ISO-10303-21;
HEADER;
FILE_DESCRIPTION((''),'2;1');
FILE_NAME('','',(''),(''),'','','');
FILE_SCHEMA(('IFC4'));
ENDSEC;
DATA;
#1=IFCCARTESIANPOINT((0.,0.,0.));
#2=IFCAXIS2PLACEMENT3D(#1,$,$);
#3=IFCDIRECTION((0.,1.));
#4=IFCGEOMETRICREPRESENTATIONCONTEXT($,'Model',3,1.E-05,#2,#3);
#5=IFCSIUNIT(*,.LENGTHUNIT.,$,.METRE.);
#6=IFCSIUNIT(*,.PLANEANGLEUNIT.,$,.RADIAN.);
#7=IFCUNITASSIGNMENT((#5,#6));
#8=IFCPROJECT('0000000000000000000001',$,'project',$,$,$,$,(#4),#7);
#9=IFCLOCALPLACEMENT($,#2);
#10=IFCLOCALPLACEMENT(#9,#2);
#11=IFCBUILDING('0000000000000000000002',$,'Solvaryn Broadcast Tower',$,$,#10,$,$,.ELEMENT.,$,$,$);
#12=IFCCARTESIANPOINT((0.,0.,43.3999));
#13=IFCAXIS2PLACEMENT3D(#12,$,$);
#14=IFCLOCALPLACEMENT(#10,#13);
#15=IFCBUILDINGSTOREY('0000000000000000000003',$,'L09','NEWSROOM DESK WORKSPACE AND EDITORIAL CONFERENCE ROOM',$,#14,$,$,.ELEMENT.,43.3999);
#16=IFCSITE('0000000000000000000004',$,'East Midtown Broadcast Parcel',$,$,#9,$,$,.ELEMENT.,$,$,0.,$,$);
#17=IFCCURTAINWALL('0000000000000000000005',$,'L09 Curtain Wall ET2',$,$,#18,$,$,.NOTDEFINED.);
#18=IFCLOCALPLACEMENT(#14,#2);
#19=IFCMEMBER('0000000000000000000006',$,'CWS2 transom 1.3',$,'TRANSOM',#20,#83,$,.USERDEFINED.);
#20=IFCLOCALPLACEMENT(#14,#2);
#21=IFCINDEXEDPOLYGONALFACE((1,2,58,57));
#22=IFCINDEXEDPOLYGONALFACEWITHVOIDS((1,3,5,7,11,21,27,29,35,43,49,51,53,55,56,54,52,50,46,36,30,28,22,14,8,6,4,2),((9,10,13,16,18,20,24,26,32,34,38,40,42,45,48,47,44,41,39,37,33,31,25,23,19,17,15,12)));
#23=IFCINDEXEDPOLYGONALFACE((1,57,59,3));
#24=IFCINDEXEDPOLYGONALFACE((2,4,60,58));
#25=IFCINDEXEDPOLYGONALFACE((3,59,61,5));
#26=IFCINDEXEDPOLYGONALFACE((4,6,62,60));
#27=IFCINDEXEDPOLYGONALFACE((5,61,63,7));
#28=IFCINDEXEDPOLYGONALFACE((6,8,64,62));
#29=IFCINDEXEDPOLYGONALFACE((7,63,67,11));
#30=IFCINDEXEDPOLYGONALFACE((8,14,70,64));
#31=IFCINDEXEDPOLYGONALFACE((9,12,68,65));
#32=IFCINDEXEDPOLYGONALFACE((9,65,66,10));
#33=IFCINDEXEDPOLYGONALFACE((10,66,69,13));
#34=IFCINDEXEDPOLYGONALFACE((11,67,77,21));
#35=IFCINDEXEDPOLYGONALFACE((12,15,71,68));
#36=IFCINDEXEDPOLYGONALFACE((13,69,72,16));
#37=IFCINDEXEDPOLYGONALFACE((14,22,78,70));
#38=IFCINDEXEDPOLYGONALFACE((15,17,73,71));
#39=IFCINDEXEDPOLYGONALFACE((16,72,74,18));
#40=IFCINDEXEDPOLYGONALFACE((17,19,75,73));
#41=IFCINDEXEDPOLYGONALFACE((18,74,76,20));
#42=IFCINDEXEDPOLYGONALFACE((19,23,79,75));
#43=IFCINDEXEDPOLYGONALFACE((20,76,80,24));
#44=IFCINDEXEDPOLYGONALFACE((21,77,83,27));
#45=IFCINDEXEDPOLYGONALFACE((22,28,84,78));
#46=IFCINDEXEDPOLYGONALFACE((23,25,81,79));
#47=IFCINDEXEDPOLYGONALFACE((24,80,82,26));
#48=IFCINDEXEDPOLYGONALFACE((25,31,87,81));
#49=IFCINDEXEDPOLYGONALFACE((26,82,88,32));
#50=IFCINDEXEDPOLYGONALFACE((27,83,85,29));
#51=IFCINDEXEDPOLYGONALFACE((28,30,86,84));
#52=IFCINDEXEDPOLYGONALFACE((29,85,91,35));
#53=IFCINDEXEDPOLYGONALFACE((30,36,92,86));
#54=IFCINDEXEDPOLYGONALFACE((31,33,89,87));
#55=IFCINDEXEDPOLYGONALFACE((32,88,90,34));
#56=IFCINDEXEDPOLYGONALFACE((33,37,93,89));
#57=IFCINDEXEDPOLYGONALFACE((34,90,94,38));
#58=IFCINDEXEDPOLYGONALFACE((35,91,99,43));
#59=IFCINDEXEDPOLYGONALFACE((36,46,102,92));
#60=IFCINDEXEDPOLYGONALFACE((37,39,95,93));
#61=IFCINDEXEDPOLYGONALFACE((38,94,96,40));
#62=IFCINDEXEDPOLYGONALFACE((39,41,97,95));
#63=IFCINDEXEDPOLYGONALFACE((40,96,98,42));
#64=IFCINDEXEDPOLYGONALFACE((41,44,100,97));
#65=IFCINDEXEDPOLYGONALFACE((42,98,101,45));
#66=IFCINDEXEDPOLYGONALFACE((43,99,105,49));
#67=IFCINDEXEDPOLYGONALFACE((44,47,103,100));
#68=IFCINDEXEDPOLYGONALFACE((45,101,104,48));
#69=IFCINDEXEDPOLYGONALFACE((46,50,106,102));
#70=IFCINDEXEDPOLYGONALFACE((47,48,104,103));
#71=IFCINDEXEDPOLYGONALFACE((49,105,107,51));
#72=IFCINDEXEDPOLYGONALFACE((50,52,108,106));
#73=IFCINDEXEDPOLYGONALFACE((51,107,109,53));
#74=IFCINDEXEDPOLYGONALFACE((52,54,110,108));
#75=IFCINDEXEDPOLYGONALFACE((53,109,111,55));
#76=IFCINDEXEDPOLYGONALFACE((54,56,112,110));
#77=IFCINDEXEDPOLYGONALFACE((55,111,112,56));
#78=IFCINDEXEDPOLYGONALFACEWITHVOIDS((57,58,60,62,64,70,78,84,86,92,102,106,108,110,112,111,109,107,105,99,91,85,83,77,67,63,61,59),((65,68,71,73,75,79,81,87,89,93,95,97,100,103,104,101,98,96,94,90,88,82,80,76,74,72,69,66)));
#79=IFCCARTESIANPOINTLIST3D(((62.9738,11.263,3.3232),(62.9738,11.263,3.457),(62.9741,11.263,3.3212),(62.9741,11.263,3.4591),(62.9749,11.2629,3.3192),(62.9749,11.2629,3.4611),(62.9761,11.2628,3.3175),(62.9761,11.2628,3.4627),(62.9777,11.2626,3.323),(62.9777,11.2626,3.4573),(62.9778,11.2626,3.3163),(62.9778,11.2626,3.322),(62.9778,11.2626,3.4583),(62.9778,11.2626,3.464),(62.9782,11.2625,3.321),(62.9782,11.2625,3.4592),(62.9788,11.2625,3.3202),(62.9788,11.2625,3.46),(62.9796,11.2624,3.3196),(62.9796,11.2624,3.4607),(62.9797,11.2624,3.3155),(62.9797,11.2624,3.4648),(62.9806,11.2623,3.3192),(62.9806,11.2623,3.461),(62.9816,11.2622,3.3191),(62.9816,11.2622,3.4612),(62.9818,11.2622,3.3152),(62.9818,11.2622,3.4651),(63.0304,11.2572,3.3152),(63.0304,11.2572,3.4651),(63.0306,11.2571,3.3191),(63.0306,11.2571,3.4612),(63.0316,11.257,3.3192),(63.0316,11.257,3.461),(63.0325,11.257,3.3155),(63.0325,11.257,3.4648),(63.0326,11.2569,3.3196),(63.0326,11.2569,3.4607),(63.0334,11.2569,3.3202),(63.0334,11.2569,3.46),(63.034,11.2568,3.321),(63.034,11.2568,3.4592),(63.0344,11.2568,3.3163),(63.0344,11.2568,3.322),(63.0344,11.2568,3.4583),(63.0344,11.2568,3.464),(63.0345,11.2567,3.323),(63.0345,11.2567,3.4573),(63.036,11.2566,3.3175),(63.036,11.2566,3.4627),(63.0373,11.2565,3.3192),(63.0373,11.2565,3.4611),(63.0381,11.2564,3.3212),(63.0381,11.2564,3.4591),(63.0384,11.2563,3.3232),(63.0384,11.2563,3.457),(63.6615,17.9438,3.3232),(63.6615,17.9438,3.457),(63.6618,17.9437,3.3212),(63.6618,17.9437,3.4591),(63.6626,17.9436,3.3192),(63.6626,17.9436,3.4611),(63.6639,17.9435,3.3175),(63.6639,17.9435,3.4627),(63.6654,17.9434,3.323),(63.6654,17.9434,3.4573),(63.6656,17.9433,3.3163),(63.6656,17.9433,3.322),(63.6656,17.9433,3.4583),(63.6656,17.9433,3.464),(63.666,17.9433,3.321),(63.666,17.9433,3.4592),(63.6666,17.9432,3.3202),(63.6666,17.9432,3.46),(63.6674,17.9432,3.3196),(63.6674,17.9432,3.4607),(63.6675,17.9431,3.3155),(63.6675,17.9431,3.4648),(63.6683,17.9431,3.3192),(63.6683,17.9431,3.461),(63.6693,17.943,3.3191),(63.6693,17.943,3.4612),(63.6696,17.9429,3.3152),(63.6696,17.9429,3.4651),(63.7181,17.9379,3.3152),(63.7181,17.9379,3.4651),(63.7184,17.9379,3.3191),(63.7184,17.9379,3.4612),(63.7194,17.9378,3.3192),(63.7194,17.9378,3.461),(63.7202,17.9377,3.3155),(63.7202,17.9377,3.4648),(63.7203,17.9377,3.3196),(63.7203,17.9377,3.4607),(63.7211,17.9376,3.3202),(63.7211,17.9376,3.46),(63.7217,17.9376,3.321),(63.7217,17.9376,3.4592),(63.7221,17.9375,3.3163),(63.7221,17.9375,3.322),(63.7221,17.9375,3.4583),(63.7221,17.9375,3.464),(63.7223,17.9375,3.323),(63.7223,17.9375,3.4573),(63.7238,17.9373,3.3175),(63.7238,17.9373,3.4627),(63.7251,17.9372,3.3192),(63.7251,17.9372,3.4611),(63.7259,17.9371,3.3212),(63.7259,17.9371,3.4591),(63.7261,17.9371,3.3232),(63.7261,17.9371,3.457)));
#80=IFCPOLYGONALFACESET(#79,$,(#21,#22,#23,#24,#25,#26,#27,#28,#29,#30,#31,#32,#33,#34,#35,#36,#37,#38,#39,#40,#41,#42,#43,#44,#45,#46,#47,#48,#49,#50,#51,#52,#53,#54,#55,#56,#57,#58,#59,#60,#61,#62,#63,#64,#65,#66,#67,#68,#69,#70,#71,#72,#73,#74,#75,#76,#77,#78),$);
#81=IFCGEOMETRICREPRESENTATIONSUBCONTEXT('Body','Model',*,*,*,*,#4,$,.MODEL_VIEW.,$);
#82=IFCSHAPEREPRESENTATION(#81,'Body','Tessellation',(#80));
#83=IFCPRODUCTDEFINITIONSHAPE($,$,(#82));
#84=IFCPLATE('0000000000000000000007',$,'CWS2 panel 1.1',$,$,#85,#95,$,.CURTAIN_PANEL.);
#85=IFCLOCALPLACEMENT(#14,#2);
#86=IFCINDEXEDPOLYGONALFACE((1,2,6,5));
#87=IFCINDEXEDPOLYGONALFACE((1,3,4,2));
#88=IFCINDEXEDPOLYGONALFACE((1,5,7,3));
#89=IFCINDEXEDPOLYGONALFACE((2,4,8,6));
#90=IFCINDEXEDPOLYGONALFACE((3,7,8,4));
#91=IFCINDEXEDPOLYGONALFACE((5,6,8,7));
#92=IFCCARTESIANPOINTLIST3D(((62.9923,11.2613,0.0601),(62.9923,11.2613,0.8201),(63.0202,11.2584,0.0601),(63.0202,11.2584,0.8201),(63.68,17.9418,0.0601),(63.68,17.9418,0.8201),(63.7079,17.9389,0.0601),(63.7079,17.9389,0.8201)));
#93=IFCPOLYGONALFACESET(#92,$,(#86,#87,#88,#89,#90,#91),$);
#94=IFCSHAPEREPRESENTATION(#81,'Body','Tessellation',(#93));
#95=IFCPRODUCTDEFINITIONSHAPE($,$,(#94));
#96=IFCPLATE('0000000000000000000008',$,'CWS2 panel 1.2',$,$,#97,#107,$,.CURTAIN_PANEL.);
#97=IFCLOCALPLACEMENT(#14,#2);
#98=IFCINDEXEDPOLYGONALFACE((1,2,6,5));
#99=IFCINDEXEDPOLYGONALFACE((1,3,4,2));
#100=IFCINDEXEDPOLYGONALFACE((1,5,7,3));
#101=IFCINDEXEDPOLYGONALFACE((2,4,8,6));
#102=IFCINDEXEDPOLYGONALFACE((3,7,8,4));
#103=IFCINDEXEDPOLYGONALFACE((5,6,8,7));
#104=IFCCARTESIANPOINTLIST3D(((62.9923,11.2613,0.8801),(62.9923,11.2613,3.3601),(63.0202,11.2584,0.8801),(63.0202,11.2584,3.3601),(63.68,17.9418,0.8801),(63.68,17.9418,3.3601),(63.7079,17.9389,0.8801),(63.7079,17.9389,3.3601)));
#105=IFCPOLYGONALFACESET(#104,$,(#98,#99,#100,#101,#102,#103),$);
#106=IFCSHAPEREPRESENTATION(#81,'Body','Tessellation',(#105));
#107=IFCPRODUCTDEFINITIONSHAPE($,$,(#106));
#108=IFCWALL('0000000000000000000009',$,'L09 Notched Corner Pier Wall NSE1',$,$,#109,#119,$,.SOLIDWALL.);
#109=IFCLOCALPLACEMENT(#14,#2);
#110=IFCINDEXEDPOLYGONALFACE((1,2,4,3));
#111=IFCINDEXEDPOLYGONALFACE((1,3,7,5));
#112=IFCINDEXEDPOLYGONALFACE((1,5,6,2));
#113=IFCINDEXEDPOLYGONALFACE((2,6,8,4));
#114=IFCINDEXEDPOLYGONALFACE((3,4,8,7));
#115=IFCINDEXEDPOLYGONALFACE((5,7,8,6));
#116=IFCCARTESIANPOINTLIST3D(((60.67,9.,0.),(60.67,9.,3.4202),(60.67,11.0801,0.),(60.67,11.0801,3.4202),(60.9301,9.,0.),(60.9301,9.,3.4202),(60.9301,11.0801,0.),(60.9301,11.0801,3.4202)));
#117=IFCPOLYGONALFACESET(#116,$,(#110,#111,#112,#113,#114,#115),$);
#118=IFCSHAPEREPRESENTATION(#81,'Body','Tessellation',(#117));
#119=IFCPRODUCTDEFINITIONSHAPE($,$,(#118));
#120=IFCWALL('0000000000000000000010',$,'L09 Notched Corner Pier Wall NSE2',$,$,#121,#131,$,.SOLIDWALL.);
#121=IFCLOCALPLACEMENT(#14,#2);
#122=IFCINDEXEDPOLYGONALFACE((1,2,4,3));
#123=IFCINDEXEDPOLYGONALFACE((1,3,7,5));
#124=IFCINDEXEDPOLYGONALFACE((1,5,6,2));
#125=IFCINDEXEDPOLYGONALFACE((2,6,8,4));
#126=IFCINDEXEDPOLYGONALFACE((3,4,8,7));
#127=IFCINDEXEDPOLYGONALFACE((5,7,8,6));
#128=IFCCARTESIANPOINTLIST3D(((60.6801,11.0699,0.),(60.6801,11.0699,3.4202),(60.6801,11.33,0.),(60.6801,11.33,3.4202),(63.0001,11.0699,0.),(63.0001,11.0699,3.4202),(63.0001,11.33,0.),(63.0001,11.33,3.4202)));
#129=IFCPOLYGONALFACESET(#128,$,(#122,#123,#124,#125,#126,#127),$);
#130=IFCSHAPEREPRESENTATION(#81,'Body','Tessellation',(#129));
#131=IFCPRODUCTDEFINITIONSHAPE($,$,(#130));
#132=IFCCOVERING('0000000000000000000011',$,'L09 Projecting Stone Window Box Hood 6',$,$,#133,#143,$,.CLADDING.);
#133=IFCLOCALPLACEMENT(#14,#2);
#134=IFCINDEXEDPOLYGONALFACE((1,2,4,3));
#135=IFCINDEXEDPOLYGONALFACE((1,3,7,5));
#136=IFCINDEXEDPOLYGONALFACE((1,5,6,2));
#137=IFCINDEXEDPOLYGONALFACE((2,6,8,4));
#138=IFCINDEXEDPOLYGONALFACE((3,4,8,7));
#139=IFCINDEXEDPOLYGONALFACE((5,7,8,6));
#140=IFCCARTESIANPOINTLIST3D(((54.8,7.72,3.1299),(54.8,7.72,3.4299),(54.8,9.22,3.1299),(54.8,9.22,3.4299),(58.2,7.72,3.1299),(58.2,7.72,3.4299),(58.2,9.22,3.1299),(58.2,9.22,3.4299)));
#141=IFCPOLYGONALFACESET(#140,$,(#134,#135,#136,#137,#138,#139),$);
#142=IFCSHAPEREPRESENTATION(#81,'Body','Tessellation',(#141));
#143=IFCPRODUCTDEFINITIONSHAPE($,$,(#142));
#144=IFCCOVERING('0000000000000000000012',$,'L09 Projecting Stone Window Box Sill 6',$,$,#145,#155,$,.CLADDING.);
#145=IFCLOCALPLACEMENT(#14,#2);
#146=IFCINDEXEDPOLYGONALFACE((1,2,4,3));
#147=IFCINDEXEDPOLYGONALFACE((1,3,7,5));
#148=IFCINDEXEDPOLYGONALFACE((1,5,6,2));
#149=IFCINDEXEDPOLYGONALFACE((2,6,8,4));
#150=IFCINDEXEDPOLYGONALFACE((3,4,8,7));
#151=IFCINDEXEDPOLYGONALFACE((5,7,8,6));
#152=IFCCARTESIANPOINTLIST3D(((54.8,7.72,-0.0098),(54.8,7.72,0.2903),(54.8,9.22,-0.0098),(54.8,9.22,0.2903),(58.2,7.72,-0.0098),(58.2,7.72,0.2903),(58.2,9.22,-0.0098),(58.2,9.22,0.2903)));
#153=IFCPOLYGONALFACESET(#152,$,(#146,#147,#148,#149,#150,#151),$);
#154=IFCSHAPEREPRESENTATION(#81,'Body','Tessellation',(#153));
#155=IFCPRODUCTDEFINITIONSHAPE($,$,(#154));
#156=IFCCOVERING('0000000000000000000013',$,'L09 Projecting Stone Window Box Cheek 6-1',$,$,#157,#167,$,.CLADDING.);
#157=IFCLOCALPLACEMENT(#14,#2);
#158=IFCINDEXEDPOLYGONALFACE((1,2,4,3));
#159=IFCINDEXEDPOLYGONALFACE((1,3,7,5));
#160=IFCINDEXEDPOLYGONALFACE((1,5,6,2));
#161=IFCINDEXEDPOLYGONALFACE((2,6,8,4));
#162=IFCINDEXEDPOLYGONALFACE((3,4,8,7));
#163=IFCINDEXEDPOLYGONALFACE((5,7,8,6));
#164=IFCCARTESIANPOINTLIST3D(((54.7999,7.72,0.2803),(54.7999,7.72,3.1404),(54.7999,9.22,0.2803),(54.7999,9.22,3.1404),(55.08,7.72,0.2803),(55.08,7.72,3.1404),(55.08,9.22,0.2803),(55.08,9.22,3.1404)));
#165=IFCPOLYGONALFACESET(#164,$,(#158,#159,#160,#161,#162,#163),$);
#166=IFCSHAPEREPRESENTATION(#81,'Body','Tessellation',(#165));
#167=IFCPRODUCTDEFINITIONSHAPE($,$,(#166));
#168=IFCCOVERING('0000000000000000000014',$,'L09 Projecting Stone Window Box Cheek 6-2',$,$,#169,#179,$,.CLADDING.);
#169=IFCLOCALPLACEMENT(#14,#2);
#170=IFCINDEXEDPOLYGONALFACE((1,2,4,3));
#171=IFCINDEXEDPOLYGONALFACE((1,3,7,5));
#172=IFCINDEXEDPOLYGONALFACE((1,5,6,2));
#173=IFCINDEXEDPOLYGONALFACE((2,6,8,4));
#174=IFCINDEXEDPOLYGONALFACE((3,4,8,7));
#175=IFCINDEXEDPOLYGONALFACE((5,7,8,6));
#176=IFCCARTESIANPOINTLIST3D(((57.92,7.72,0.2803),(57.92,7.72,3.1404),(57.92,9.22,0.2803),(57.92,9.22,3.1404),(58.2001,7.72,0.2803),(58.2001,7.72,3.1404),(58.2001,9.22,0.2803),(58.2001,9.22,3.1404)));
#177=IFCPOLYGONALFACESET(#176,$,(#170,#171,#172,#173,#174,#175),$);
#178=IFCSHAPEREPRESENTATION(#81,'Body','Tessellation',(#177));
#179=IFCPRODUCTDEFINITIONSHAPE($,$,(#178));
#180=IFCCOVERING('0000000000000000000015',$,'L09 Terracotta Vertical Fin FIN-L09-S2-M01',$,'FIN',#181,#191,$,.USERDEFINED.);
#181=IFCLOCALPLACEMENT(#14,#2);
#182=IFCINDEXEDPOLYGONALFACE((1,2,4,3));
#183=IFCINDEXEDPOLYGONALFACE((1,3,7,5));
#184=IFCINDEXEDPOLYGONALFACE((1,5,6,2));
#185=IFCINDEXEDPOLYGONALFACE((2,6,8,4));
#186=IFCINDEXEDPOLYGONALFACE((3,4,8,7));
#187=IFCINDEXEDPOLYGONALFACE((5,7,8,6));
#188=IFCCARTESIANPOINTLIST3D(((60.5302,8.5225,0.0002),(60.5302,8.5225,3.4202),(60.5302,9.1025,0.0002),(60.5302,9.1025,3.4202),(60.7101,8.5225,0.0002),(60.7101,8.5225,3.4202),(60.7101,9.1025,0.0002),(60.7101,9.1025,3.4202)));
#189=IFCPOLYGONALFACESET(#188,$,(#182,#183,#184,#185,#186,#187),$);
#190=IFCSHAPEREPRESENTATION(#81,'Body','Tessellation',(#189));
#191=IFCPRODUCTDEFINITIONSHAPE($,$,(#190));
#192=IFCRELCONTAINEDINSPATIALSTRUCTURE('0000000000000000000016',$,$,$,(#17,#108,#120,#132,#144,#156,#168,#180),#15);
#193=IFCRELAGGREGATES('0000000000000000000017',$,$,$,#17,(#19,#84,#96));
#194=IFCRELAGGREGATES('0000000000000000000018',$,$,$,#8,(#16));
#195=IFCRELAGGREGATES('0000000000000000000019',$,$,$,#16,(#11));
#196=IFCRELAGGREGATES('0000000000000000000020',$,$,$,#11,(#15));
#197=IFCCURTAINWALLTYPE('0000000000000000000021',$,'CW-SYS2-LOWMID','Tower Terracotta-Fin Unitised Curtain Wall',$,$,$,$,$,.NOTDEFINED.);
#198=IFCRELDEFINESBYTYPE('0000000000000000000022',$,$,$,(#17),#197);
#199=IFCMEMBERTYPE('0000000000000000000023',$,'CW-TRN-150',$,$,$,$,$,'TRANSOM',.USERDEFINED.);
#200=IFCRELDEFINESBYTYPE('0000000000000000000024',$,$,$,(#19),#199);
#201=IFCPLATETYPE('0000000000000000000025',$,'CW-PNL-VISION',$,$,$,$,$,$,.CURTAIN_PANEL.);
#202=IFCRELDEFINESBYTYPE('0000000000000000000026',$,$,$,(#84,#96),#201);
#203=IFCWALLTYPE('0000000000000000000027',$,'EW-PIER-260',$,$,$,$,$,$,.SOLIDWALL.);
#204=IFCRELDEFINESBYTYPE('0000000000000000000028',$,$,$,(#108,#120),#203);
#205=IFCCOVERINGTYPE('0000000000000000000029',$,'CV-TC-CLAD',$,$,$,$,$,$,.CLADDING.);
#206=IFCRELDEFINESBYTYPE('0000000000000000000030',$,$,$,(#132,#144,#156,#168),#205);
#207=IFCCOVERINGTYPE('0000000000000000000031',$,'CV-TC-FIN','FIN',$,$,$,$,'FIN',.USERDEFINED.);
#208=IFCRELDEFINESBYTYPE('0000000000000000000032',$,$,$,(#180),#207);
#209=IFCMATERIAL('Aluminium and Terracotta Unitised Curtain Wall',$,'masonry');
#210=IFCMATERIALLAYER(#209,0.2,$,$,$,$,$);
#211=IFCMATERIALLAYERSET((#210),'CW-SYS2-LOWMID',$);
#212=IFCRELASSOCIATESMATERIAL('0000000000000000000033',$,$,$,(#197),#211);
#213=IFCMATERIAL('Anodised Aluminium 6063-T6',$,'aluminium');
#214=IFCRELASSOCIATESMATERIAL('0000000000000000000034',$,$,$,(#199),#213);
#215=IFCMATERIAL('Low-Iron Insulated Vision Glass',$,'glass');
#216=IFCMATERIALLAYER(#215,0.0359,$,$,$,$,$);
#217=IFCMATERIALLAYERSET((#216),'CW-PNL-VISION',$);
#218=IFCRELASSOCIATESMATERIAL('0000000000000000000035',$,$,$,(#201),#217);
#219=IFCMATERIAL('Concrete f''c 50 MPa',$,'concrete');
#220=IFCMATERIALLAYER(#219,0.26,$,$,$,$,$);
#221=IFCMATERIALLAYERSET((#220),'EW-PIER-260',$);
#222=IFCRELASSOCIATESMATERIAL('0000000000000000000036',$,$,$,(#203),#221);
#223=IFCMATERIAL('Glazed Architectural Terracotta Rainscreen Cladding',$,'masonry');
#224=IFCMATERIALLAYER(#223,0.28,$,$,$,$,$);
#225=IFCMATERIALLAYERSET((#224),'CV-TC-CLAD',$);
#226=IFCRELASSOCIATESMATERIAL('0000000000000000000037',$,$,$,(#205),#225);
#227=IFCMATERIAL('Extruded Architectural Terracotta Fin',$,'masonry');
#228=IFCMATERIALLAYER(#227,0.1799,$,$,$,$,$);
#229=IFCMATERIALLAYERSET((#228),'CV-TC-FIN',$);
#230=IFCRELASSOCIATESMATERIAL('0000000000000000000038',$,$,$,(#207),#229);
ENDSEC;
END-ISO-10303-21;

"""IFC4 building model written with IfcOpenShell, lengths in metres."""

from ifc_helpers import new_model, si_unit, direction, frame, frame_2d, origin, origin_2d, place, context, subcontext, project, spatial, rectangle, hollow_rectangle, extrude, material, layer, layer_set, material_profile, profile_set, type_object, element, aggregate, save


model = new_model("IFC4")

# Units and contexts
model_context = context("Model", 3, precision=1e-05, world=origin(), true_north=direction((0.0, 1.0)))
body_context = subcontext(model_context, "Body", "Model", "MODEL_VIEW")
ifc_project = project(units=[si_unit("LENGTHUNIT", "METRE"), si_unit("PLANEANGLEUNIT", "RADIAN")], contexts=[model_context])

# Site, building, storey
site_placement = place(None, origin())
site = spatial("IfcSite", under=ifc_project, at=site_placement, Name="East Midtown Broadcast Parcel", CompositionType="ELEMENT", RefElevation=0.0)
building_placement = place(site_placement, origin())
building = spatial("IfcBuilding", under=site, at=building_placement, Name="Solvaryn Broadcast Tower", CompositionType="ELEMENT")
storey_placement = place(building_placement, frame((0.0, 0.0, 43.3999)))
storey = spatial("IfcBuildingStorey", under=building, at=storey_placement, Name="L09", Description="NEWSROOM DESK WORKSPACE AND EDITORIAL CONFERENCE ROOM", CompositionType="ELEMENT", Elevation=43.3999)

# Shared definitions
ifc_material_1 = material(Name="Aluminium and Terracotta Unitised Curtain Wall", Category="masonry")
ifc_layer_1 = layer(ifc_material_1, 0.2)
ifc_layer_set_1 = layer_set([ifc_layer_1], Name="CW-SYS2-LOWMID")
curtain_wall_type = type_object("IfcCurtainWallType", Name="CW-SYS2-LOWMID", Description="Tower Terracotta-Fin Unitised Curtain Wall", PredefinedType="NOTDEFINED", material=ifc_layer_set_1)

# Curtain wall, member, plates
curtain_wall_1_placement = place(storey_placement, origin())
curtain_wall_1 = element("IfcCurtainWall", 1, at=curtain_wall_1_placement, inside=storey, type_object=curtain_wall_type, Name="L09 Curtain Wall ET2", PredefinedType="NOTDEFINED")
ifc_material_2 = material(Name="Anodised Aluminium 6063-T6", Category="aluminium")
ifc_material_profile_1 = material_profile(ifc_material_2, hollow_rectangle(XDim=0.0649, YDim=0.1499, WallThickness=0.0039, InnerFilletRadius=0.0039, OuterFilletRadius=0.0081, at=origin_2d()))
ifc_profile_set_1 = profile_set([ifc_material_profile_1], Name="Anodised Aluminium 6063-T6")
member_type_1 = type_object("IfcMemberType", Name="CW-TRN-150", ElementType="TRANSOM", PredefinedType="USERDEFINED", material=ifc_profile_set_1)
member_1_placement = place(storey_placement, frame((63.6938, 17.9404, 3.3901), z_axis=(-0.102404, -0.994743, 0.0), x_axis=(0.994743, -0.102404, 0.0)))
member_1 = element("IfcMember", 2, at=member_1_placement, type_object=member_type_1, Name="CWS2 transom 1.3", ObjectType="TRANSOM", PredefinedType="USERDEFINED", context=body_context, shape_type="SweptSolid", body=[
    extrude(hollow_rectangle(XDim=0.0649, YDim=0.1499, WallThickness=0.0039, InnerFilletRadius=0.0039, OuterFilletRadius=0.0081, at=origin_2d()), origin(), (0.0, 0.0, 1.0), 6.7161),
])
ifc_material_3 = material(Name="Low-Iron Insulated Vision Glass", Category="glass")
ifc_layer_2 = layer(ifc_material_3, 0.0359)
ifc_layer_set_2 = layer_set([ifc_layer_2], Name="CW-PNL-VISION")
plate_type = type_object("IfcPlateType", Name="CW-PNL-VISION", PredefinedType="CURTAIN_PANEL", material=ifc_layer_set_2)
plate_1_placement = place(storey_placement, frame((63.3501, 14.6001, 0.0601), z_axis=(0.0, 0.0, 1.0), x_axis=(-0.1024, -0.994743, 0.0)))
plate_1 = element("IfcPlate", 3, at=plate_1_placement, type_object=plate_type, Name="CWS2 panel 1.1", PredefinedType="CURTAIN_PANEL", context=body_context, shape_type="SweptSolid", body=[
    extrude(rectangle(XDim=6.7158, YDim=0.0281, at=origin_2d()), origin(), (0.0, 0.0, 1.0), 0.76),
])
plate_2_placement = place(storey_placement, frame((63.3501, 14.6001, 0.8801), z_axis=(0.0, 0.0, 1.0), x_axis=(-0.1024, -0.994743, 0.0)))
plate_2 = element("IfcPlate", 4, at=plate_2_placement, type_object=plate_type, Name="CWS2 panel 1.2", PredefinedType="CURTAIN_PANEL", context=body_context, shape_type="SweptSolid", body=[
    extrude(rectangle(XDim=6.7158, YDim=0.0281, at=origin_2d()), origin(), (0.0, 0.0, 1.0), 2.48),
])
aggregate(curtain_wall_1, [member_1, plate_1, plate_2])

# Walls
ifc_material_4 = material(Name="Concrete f'c 50 MPa", Category="concrete")
ifc_layer_3 = layer(ifc_material_4, 0.26)
ifc_layer_set_3 = layer_set([ifc_layer_3], Name="EW-PIER-260")
wall_type = type_object("IfcWallType", Name="EW-PIER-260", PredefinedType="SOLIDWALL", material=ifc_layer_set_3)
wall_1_placement = place(storey_placement, frame((60.8, 9.0, 0.0), z_axis=(0.0, 0.0, 1.0), x_axis=(0.0, 1.0, 0.0)))
element("IfcWall", 5, at=wall_1_placement, inside=storey, type_object=wall_type, Name="L09 Notched Corner Pier Wall NSE1", PredefinedType="SOLIDWALL", context=body_context, shape_type="SweptSolid", body=[
    extrude(rectangle(XDim=2.0801, YDim=0.26, at=frame_2d((1.04, 0.0))), origin(), (0.0, 0.0, 1.0), 3.4202),
])
wall_2_placement = place(storey_placement, frame((60.6799, 11.2, 0.0), z_axis=(0.0, 0.0, 1.0), x_axis=(1.0, 0.0, 0.0)))
element("IfcWall", 6, at=wall_2_placement, inside=storey, type_object=wall_type, Name="L09 Notched Corner Pier Wall NSE2", PredefinedType="SOLIDWALL", context=body_context, shape_type="SweptSolid", body=[
    extrude(rectangle(XDim=2.3201, YDim=0.26, at=frame_2d((1.1602, 0.0))), origin(), (0.0, 0.0, 1.0), 3.4202),
])

# Coverings
ifc_material_5 = material(Name="Glazed Architectural Terracotta Rainscreen Cladding", Category="masonry")
ifc_layer_4 = layer(ifc_material_5, 0.28)
ifc_layer_set_4 = layer_set([ifc_layer_4], Name="CV-TC-CLAD")
covering_type_1 = type_object("IfcCoveringType", Name="CV-TC-CLAD", PredefinedType="CLADDING", material=ifc_layer_set_4)
for number, where, z_axis, x_axis, name in (
    (7, (56.5, 8.47, 3.1299), (0.0, 0.0, 1.0), (1.0, 0.0, 0.0), "L09 Projecting Stone Window Box Hood 6"),
    (8, (56.5, 8.47, -0.0098), (0.0, 0.0, 1.0), (1.0, 0.0, 0.0), "L09 Projecting Stone Window Box Sill 6"),
):
    element("IfcCovering", number, at=place(storey_placement, frame(where, z_axis=z_axis, x_axis=x_axis)), inside=storey, type_object=covering_type_1, Name=name, PredefinedType="CLADDING", context=body_context, shape_type="SweptSolid", body=[
        extrude(rectangle(XDim=3.3999, YDim=1.5, at=origin_2d()), origin(), (0.0, 0.0, 1.0), 0.3),
    ])
for number, where, z_axis, x_axis, name in (
    (9, (54.9399, 8.47, 0.2803), (0.0, 0.0, 1.0), (1.0, 0.0, 0.0), "L09 Projecting Stone Window Box Cheek 6-1"),
    (10, (58.0601, 8.47, 0.2803), (0.0, 0.0, 1.0), (1.0, 0.0, 0.0), "L09 Projecting Stone Window Box Cheek 6-2"),
):
    element("IfcCovering", number, at=place(storey_placement, frame(where, z_axis=z_axis, x_axis=x_axis)), inside=storey, type_object=covering_type_1, Name=name, PredefinedType="CLADDING", context=body_context, shape_type="SweptSolid", body=[
        extrude(rectangle(XDim=0.28, YDim=1.5, at=origin_2d()), origin(), (0.0, 0.0, 1.0), 2.8601),
    ])
ifc_material_6 = material(Name="Extruded Architectural Terracotta Fin", Category="masonry")
ifc_layer_5 = layer(ifc_material_6, 0.1799)
ifc_layer_set_5 = layer_set([ifc_layer_5], Name="CV-TC-FIN")
covering_type_2 = type_object("IfcCoveringType", Name="CV-TC-FIN", Description="FIN", ElementType="FIN", PredefinedType="USERDEFINED", material=ifc_layer_set_5)
covering_placement = place(storey_placement, frame((60.6201, 8.8125, 0.0002), z_axis=(0.0, 0.0, 1.0), x_axis=(1.0, 0.0, 0.0)))
element("IfcCovering", 11, at=covering_placement, inside=storey, type_object=covering_type_2, Name="L09 Terracotta Vertical Fin FIN-L09-S2-M01", ObjectType="FIN", PredefinedType="USERDEFINED", context=body_context, shape_type="SweptSolid", body=[
    extrude(rectangle(XDim=0.1799, YDim=0.5801, at=origin_2d()), origin(), (0.0, 0.0, 1.0), 3.4199),
])

save(model, "model.ifc")
